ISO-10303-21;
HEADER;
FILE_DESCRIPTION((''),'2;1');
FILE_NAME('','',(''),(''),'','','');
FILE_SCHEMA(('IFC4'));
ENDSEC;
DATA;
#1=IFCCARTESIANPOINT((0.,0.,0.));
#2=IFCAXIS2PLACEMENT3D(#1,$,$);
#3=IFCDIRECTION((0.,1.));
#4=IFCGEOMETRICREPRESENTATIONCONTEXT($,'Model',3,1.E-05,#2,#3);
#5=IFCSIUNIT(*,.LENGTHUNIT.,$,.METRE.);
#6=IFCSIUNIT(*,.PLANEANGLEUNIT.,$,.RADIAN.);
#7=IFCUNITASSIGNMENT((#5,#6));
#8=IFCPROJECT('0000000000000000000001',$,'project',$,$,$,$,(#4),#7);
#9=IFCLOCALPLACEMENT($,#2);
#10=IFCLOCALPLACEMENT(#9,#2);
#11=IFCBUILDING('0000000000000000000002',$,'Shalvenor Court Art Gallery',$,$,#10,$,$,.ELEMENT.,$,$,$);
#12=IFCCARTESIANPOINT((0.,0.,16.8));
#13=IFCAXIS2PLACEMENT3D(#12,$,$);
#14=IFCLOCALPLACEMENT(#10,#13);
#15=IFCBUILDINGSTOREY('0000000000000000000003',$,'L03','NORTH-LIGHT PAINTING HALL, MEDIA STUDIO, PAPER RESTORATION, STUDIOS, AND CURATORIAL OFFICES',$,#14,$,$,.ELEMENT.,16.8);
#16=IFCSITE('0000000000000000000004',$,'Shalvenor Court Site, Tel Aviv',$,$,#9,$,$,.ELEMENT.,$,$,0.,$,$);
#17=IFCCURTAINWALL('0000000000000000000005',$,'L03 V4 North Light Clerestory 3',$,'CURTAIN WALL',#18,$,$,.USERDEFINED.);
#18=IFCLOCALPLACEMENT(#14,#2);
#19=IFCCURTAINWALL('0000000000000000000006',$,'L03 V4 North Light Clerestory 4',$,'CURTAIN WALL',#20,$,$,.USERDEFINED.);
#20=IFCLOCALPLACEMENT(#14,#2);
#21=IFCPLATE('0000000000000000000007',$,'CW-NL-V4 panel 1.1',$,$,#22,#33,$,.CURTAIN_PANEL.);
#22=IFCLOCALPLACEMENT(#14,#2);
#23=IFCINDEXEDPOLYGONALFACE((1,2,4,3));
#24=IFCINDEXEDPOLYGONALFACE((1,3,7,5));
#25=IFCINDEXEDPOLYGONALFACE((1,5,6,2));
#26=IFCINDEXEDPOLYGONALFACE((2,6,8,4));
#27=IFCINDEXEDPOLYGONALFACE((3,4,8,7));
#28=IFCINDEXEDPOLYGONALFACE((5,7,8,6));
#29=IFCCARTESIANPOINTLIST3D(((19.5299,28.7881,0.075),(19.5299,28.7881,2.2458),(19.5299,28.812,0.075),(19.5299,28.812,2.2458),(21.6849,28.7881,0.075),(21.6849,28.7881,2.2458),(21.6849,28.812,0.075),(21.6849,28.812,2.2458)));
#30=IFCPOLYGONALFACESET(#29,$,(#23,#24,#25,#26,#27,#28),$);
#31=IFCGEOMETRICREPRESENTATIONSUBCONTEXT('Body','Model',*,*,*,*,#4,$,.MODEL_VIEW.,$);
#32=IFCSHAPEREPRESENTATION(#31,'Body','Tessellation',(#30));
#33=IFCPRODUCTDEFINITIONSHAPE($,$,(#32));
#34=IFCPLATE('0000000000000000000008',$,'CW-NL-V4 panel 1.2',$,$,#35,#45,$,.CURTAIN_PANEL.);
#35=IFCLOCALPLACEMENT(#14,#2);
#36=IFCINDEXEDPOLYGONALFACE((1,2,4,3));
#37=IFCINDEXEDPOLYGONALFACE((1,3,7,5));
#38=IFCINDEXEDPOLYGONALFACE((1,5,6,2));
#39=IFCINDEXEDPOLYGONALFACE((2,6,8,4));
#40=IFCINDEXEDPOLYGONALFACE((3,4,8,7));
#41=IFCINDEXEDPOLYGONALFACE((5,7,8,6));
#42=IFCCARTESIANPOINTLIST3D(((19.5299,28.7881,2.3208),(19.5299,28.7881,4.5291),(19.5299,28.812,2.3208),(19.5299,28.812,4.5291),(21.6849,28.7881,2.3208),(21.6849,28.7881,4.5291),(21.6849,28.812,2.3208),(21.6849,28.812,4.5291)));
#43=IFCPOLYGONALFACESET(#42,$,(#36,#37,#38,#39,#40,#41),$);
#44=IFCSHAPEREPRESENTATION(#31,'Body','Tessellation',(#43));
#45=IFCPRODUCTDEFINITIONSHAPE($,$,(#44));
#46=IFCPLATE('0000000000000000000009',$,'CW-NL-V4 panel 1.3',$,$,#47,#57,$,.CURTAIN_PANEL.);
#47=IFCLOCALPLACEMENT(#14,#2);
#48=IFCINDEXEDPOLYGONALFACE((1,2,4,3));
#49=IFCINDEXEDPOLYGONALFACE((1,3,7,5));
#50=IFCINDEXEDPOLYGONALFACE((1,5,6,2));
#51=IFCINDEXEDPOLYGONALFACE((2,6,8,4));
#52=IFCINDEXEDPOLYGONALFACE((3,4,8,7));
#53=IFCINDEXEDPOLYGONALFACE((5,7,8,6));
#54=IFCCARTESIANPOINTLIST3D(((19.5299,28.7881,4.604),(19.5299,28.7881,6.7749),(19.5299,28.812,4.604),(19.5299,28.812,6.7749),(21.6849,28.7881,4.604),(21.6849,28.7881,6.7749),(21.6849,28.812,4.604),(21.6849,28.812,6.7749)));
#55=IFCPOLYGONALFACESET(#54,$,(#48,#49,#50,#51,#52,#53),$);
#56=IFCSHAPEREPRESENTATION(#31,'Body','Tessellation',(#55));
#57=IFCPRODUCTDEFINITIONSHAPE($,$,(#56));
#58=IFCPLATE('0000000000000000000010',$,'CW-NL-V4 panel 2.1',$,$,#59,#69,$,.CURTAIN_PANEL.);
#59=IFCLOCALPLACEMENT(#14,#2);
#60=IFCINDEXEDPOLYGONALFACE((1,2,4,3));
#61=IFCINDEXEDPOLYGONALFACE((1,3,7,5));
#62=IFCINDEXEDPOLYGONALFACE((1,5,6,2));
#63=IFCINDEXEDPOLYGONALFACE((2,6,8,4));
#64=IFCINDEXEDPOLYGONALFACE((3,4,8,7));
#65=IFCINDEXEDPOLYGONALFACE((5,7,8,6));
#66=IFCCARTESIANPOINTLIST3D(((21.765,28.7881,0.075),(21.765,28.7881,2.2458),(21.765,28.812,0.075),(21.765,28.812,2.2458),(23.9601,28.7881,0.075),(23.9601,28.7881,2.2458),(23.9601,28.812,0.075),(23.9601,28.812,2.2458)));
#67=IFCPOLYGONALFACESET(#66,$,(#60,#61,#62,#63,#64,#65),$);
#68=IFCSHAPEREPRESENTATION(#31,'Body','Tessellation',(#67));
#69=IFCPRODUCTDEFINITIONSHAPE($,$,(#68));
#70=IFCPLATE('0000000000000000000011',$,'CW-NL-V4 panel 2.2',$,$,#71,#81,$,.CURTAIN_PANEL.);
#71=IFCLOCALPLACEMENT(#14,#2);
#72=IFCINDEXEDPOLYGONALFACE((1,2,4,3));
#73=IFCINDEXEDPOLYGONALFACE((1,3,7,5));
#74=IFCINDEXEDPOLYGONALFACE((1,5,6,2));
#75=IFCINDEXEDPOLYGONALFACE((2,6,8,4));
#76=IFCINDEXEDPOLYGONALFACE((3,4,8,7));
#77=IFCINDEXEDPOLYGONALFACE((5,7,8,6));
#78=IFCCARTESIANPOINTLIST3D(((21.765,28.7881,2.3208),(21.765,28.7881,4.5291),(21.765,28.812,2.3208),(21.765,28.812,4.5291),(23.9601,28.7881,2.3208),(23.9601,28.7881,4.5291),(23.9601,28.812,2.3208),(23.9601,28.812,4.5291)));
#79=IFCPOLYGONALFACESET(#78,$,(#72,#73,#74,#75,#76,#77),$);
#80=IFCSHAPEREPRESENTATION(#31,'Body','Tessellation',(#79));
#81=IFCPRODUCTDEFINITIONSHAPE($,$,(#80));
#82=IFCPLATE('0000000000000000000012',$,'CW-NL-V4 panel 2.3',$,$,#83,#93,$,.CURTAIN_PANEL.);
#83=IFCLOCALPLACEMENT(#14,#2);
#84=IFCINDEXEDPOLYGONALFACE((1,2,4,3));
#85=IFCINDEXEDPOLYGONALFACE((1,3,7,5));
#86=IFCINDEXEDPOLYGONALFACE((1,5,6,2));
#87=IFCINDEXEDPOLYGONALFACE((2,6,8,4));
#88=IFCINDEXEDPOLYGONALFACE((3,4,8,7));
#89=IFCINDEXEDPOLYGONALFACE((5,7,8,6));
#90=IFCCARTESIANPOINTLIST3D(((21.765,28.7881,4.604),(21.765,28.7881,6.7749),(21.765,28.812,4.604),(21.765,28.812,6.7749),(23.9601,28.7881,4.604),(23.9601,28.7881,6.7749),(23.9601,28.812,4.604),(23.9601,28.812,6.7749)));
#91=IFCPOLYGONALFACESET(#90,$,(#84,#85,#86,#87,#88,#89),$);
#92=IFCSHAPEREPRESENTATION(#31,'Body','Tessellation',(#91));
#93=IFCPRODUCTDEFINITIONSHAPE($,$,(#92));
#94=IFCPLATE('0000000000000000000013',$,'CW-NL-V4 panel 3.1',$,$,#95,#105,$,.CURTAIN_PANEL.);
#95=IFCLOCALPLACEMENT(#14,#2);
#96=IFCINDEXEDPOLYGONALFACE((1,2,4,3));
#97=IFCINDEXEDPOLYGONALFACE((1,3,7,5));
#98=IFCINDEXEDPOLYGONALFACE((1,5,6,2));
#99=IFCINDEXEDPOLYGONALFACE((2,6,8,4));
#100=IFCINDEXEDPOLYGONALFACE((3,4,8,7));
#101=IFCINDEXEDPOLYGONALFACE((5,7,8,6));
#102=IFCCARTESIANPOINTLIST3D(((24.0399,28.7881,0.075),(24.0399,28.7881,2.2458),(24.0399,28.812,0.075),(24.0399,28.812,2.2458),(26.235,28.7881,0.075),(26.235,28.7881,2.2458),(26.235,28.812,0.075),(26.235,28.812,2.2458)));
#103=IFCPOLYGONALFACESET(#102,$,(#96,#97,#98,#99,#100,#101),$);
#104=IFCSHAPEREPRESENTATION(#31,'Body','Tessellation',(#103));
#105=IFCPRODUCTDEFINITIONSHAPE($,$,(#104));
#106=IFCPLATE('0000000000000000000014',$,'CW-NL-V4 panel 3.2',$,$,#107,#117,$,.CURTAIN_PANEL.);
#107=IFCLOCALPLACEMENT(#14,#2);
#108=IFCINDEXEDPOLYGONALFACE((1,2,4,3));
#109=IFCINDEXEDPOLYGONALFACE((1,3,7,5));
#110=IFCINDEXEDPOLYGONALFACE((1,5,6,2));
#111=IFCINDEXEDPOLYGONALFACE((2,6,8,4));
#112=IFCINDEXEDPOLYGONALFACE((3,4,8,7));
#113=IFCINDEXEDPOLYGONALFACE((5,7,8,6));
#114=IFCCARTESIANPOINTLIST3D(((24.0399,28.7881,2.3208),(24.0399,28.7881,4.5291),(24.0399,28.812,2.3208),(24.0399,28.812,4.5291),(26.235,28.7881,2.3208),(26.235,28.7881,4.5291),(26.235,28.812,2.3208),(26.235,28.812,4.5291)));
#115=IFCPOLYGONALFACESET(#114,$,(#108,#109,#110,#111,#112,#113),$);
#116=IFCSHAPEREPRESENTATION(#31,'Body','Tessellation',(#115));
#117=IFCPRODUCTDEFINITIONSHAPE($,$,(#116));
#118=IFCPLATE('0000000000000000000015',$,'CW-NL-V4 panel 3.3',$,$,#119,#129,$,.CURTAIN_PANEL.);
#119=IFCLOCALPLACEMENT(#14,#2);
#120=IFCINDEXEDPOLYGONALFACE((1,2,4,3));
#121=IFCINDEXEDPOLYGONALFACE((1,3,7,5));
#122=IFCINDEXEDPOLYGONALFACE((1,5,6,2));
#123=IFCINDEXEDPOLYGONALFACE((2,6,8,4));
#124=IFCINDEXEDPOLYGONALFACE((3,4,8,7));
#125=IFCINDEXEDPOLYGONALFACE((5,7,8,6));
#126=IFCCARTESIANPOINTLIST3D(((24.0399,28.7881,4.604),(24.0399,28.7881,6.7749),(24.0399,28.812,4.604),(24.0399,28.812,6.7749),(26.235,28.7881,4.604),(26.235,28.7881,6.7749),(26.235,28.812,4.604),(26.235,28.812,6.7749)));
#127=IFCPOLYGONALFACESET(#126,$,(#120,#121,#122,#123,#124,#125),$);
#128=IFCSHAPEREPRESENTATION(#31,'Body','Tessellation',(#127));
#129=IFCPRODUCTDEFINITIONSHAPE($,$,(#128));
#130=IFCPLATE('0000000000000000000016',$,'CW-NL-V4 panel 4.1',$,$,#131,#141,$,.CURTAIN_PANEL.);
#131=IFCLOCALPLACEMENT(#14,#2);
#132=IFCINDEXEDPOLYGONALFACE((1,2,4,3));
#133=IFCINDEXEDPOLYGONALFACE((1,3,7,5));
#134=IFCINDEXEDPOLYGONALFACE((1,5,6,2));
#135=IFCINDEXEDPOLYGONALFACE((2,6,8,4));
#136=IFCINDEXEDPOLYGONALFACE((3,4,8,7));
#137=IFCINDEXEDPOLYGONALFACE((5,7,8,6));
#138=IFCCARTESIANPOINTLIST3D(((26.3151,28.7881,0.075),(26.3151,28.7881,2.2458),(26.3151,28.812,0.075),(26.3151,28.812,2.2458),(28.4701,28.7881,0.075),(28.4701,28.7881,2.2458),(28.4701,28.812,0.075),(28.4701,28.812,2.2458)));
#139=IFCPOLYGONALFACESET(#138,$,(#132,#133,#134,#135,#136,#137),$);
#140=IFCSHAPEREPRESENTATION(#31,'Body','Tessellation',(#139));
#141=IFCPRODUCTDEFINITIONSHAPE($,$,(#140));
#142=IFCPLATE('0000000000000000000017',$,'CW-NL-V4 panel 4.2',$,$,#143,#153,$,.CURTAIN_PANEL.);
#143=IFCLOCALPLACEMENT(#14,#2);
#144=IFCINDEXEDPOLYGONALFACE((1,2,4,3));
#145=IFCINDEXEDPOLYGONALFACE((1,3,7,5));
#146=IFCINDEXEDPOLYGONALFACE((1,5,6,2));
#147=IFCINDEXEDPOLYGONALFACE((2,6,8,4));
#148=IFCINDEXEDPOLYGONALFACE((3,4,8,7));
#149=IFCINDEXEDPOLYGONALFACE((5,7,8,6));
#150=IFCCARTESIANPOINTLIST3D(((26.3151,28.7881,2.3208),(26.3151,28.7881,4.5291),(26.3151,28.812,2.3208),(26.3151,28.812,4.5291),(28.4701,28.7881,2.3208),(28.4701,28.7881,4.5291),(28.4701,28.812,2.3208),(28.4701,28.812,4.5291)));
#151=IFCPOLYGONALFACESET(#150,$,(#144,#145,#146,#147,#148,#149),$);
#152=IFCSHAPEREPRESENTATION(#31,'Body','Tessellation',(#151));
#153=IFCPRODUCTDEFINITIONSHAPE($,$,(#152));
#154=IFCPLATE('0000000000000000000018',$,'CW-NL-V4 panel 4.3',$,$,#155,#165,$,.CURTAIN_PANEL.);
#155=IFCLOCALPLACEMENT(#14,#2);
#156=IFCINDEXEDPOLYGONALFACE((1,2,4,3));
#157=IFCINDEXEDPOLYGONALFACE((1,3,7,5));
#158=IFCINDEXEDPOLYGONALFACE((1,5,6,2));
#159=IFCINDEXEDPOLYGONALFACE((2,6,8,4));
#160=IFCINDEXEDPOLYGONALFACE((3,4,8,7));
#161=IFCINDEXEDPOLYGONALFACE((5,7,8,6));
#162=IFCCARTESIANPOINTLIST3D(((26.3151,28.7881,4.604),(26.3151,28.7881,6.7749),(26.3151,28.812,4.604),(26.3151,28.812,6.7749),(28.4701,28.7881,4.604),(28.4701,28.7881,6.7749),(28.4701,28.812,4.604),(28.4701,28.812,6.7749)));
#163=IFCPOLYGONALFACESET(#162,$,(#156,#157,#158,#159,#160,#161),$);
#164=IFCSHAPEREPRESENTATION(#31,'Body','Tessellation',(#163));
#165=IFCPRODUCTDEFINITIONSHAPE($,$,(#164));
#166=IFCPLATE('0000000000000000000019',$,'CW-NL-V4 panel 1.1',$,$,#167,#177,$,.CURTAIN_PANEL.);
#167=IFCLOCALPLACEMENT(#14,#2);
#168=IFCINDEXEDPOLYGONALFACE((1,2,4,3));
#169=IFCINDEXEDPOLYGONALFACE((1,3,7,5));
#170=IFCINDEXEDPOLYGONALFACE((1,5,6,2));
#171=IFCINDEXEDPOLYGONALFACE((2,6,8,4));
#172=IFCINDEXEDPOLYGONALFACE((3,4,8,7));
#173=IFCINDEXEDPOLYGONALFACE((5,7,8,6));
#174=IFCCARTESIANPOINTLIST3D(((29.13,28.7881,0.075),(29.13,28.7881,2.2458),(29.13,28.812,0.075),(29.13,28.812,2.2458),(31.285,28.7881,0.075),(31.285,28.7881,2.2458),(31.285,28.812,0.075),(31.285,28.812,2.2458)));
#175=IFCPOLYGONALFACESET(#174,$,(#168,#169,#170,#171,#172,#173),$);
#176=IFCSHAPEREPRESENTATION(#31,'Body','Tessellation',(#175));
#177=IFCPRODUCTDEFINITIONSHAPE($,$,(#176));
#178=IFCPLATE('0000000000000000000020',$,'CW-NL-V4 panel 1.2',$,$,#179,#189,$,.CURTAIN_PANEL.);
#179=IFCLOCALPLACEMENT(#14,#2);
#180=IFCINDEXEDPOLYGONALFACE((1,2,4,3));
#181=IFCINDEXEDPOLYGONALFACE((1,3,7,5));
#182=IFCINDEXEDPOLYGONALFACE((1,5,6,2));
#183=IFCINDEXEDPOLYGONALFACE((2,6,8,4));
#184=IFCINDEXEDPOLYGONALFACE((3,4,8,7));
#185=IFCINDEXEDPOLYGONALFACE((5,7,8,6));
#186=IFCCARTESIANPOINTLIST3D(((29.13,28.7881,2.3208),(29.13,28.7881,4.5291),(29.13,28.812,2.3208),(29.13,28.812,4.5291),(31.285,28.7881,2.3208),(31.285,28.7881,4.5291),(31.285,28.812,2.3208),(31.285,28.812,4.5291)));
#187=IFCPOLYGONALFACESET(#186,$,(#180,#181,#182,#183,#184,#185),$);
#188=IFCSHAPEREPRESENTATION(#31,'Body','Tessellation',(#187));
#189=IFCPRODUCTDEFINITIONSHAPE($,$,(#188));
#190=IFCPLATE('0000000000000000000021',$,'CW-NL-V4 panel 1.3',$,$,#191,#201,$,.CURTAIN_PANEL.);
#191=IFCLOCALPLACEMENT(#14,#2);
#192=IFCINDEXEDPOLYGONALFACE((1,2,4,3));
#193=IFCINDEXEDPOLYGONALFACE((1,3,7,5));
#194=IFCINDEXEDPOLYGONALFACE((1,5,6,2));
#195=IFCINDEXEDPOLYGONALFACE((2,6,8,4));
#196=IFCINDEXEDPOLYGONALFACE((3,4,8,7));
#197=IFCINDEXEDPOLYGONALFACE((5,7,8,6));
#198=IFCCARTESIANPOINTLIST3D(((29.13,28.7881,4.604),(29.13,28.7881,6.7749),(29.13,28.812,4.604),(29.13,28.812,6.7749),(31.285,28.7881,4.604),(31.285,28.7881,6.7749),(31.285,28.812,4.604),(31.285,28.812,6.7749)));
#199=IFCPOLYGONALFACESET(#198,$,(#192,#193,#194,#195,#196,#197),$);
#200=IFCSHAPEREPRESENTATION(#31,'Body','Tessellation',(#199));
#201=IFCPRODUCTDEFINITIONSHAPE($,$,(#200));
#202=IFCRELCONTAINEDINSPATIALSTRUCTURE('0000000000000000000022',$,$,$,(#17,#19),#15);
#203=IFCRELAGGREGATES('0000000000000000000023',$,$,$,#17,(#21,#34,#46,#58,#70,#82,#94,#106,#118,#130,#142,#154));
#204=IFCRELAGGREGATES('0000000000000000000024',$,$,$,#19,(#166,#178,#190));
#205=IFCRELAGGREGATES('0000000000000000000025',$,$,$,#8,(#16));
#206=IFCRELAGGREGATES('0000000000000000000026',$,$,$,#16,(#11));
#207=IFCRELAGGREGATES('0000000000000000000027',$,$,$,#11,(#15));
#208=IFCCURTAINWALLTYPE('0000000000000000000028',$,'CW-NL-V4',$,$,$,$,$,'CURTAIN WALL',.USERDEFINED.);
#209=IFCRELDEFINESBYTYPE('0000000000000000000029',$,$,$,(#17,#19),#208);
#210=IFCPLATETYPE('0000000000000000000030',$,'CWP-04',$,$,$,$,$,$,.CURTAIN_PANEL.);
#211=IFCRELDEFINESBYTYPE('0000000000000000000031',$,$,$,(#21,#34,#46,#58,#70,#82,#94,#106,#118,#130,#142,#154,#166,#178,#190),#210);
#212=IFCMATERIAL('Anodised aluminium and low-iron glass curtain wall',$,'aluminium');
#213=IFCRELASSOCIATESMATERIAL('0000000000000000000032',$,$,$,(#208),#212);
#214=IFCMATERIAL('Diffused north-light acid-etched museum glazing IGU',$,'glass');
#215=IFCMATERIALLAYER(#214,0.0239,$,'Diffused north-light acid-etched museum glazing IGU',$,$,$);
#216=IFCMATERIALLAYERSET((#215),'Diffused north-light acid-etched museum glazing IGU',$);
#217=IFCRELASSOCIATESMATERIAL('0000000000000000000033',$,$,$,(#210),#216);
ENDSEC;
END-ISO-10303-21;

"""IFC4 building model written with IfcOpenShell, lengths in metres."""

from ifc_helpers import new_model, si_unit, direction, frame, origin, origin_2d, place, context, subcontext, project, spatial, rectangle, extrude, material, layer, layer_set, type_object, element, aggregate, save


model = new_model("IFC4")

# Units and contexts
model_context = context("Model", 3, precision=1e-05, world=origin(), true_north=direction((0.0, 1.0)))
body_context = subcontext(model_context, "Body", "Model", "MODEL_VIEW")
ifc_project = project(units=[si_unit("LENGTHUNIT", "METRE"), si_unit("PLANEANGLEUNIT", "RADIAN")], contexts=[model_context])

# Site, building, storey
site_placement = place(None, origin())
site = spatial("IfcSite", under=ifc_project, at=site_placement, Name="Shalvenor Court Site, Tel Aviv", CompositionType="ELEMENT", RefElevation=0.0)
building_placement = place(site_placement, origin())
building = spatial("IfcBuilding", under=site, at=building_placement, Name="Shalvenor Court Art Gallery", CompositionType="ELEMENT")
storey_placement = place(building_placement, frame((0.0, 0.0, 16.8)))
storey = spatial("IfcBuildingStorey", under=building, at=storey_placement, Name="L03", Description="NORTH-LIGHT PAINTING HALL, MEDIA STUDIO, PAPER RESTORATION, STUDIOS, AND CURATORIAL OFFICES", CompositionType="ELEMENT", Elevation=16.8)

# Curtain walls
ifc_material_1 = material(Name="Anodised aluminium and low-iron glass curtain wall", Category="aluminium")
curtain_wall_type = type_object("IfcCurtainWallType", Name="CW-NL-V4", ElementType="CURTAIN WALL", PredefinedType="USERDEFINED", material=ifc_material_1)
curtain_wall_1_placement = place(storey_placement, origin())
curtain_wall_1 = element("IfcCurtainWall", 1, at=curtain_wall_1_placement, inside=storey, type_object=curtain_wall_type, Name="L03 V4 North Light Clerestory 3", ObjectType="CURTAIN WALL", PredefinedType="USERDEFINED")
curtain_wall_2_placement = place(storey_placement, origin())
curtain_wall_2 = element("IfcCurtainWall", 2, at=curtain_wall_2_placement, inside=storey, type_object=curtain_wall_type, Name="L03 V4 North Light Clerestory 4", ObjectType="CURTAIN WALL", PredefinedType="USERDEFINED")

# Plates
ifc_material_2 = material(Name="Diffused north-light acid-etched museum glazing IGU", Category="glass")
ifc_layer_1 = layer(ifc_material_2, 0.0239, Name="Diffused north-light acid-etched museum glazing IGU")
ifc_layer_set_1 = layer_set([ifc_layer_1], Name="Diffused north-light acid-etched museum glazing IGU")
plate_type_1 = type_object("IfcPlateType", Name="CWP-04", PredefinedType="CURTAIN_PANEL", material=ifc_layer_set_1)
plate_1_placement = place(storey_placement, frame((20.6074, 28.8, 0.075), z_axis=(0.0, 0.0, 1.0), x_axis=(1.0, 0.0, 0.0)))
plate_1 = element("IfcPlate", 3, at=plate_1_placement, type_object=plate_type_1, Name="CW-NL-V4 panel 1.1", PredefinedType="CURTAIN_PANEL", context=body_context, shape_type="SweptSolid", body=[
    extrude(rectangle(XDim=2.155, YDim=0.0239, at=origin_2d()), origin(), (0.0, 0.0, 1.0), 2.1709),
])
plate_2_placement = place(storey_placement, frame((20.6074, 28.8, 2.3208), z_axis=(0.0, 0.0, 1.0), x_axis=(1.0, 0.0, 0.0)))
plate_2 = element("IfcPlate", 4, at=plate_2_placement, type_object=plate_type_1, Name="CW-NL-V4 panel 1.2", PredefinedType="CURTAIN_PANEL", context=body_context, shape_type="SweptSolid", body=[
    extrude(rectangle(XDim=2.155, YDim=0.0239, at=origin_2d()), origin(), (0.0, 0.0, 1.0), 2.2083),
])
plate_3_placement = place(storey_placement, frame((20.6074, 28.8, 4.604), z_axis=(0.0, 0.0, 1.0), x_axis=(1.0, 0.0, 0.0)))
plate_3 = element("IfcPlate", 5, at=plate_3_placement, type_object=plate_type_1, Name="CW-NL-V4 panel 1.3", PredefinedType="CURTAIN_PANEL", context=body_context, shape_type="SweptSolid", body=[
    extrude(rectangle(XDim=2.155, YDim=0.0239, at=origin_2d()), origin(), (0.0, 0.0, 1.0), 2.1709),
])
plate_4_placement = place(storey_placement, frame((22.8625, 28.8, 0.075), z_axis=(0.0, 0.0, 1.0), x_axis=(1.0, 0.0, 0.0)))
plate_4 = element("IfcPlate", 6, at=plate_4_placement, type_object=plate_type_1, Name="CW-NL-V4 panel 2.1", PredefinedType="CURTAIN_PANEL", context=body_context, shape_type="SweptSolid", body=[
    extrude(rectangle(XDim=2.1951, YDim=0.0239, at=origin_2d()), origin(), (0.0, 0.0, 1.0), 2.1709),
])
plate_5_placement = place(storey_placement, frame((22.8625, 28.8, 2.3208), z_axis=(0.0, 0.0, 1.0), x_axis=(1.0, 0.0, 0.0)))
plate_5 = element("IfcPlate", 7, at=plate_5_placement, type_object=plate_type_1, Name="CW-NL-V4 panel 2.2", PredefinedType="CURTAIN_PANEL", context=body_context, shape_type="SweptSolid", body=[
    extrude(rectangle(XDim=2.1951, YDim=0.0239, at=origin_2d()), origin(), (0.0, 0.0, 1.0), 2.2083),
])
plate_6_placement = place(storey_placement, frame((22.8625, 28.8, 4.604), z_axis=(0.0, 0.0, 1.0), x_axis=(1.0, 0.0, 0.0)))
plate_6 = element("IfcPlate", 8, at=plate_6_placement, type_object=plate_type_1, Name="CW-NL-V4 panel 2.3", PredefinedType="CURTAIN_PANEL", context=body_context, shape_type="SweptSolid", body=[
    extrude(rectangle(XDim=2.1951, YDim=0.0239, at=origin_2d()), origin(), (0.0, 0.0, 1.0), 2.1709),
])
plate_7_placement = place(storey_placement, frame((25.1375, 28.8, 0.075), z_axis=(0.0, 0.0, 1.0), x_axis=(1.0, 0.0, 0.0)))
plate_7 = element("IfcPlate", 9, at=plate_7_placement, type_object=plate_type_1, Name="CW-NL-V4 panel 3.1", PredefinedType="CURTAIN_PANEL", context=body_context, shape_type="SweptSolid", body=[
    extrude(rectangle(XDim=2.1951, YDim=0.0239, at=origin_2d()), origin(), (0.0, 0.0, 1.0), 2.1709),
])
plate_8_placement = place(storey_placement, frame((25.1375, 28.8, 2.3208), z_axis=(0.0, 0.0, 1.0), x_axis=(1.0, 0.0, 0.0)))
plate_8 = element("IfcPlate", 10, at=plate_8_placement, type_object=plate_type_1, Name="CW-NL-V4 panel 3.2", PredefinedType="CURTAIN_PANEL", context=body_context, shape_type="SweptSolid", body=[
    extrude(rectangle(XDim=2.1951, YDim=0.0239, at=origin_2d()), origin(), (0.0, 0.0, 1.0), 2.2083),
])
plate_9_placement = place(storey_placement, frame((25.1375, 28.8, 4.604), z_axis=(0.0, 0.0, 1.0), x_axis=(1.0, 0.0, 0.0)))
plate_9 = element("IfcPlate", 11, at=plate_9_placement, type_object=plate_type_1, Name="CW-NL-V4 panel 3.3", PredefinedType="CURTAIN_PANEL", context=body_context, shape_type="SweptSolid", body=[
    extrude(rectangle(XDim=2.1951, YDim=0.0239, at=origin_2d()), origin(), (0.0, 0.0, 1.0), 2.1709),
])
plate_10_placement = place(storey_placement, frame((27.3926, 28.8, 0.075), z_axis=(0.0, 0.0, 1.0), x_axis=(1.0, 0.0, 0.0)))
plate_10 = element("IfcPlate", 12, at=plate_10_placement, type_object=plate_type_1, Name="CW-NL-V4 panel 4.1", PredefinedType="CURTAIN_PANEL", context=body_context, shape_type="SweptSolid", body=[
    extrude(rectangle(XDim=2.155, YDim=0.0239, at=origin_2d()), origin(), (0.0, 0.0, 1.0), 2.1709),
])
plate_11_placement = place(storey_placement, frame((27.3926, 28.8, 2.3208), z_axis=(0.0, 0.0, 1.0), x_axis=(1.0, 0.0, 0.0)))
plate_11 = element("IfcPlate", 13, at=plate_11_placement, type_object=plate_type_1, Name="CW-NL-V4 panel 4.2", PredefinedType="CURTAIN_PANEL", context=body_context, shape_type="SweptSolid", body=[
    extrude(rectangle(XDim=2.155, YDim=0.0239, at=origin_2d()), origin(), (0.0, 0.0, 1.0), 2.2083),
])
plate_12_placement = place(storey_placement, frame((27.3926, 28.8, 4.604), z_axis=(0.0, 0.0, 1.0), x_axis=(1.0, 0.0, 0.0)))
plate_12 = element("IfcPlate", 14, at=plate_12_placement, type_object=plate_type_1, Name="CW-NL-V4 panel 4.3", PredefinedType="CURTAIN_PANEL", context=body_context, shape_type="SweptSolid", body=[
    extrude(rectangle(XDim=2.155, YDim=0.0239, at=origin_2d()), origin(), (0.0, 0.0, 1.0), 2.1709),
])
aggregate(curtain_wall_1, [plate_1, plate_2, plate_3, plate_4, plate_5, plate_6, plate_7, plate_8, plate_9, plate_10, plate_11, plate_12])
plate_13_placement = place(storey_placement, frame((30.2075, 28.8, 0.075), z_axis=(0.0, 0.0, 1.0), x_axis=(1.0, 0.0, 0.0)))
plate_13 = element("IfcPlate", 15, at=plate_13_placement, type_object=plate_type_1, Name="CW-NL-V4 panel 1.1", PredefinedType="CURTAIN_PANEL", context=body_context, shape_type="SweptSolid", body=[
    extrude(rectangle(XDim=2.155, YDim=0.0239, at=origin_2d()), origin(), (0.0, 0.0, 1.0), 2.1709),
])
plate_14_placement = place(storey_placement, frame((30.2075, 28.8, 2.3208), z_axis=(0.0, 0.0, 1.0), x_axis=(1.0, 0.0, 0.0)))
plate_14 = element("IfcPlate", 16, at=plate_14_placement, type_object=plate_type_1, Name="CW-NL-V4 panel 1.2", PredefinedType="CURTAIN_PANEL", context=body_context, shape_type="SweptSolid", body=[
    extrude(rectangle(XDim=2.155, YDim=0.0239, at=origin_2d()), origin(), (0.0, 0.0, 1.0), 2.2083),
])
plate_15_placement = place(storey_placement, frame((30.2075, 28.8, 4.604), z_axis=(0.0, 0.0, 1.0), x_axis=(1.0, 0.0, 0.0)))
plate_15 = element("IfcPlate", 17, at=plate_15_placement, type_object=plate_type_1, Name="CW-NL-V4 panel 1.3", PredefinedType="CURTAIN_PANEL", context=body_context, shape_type="SweptSolid", body=[
    extrude(rectangle(XDim=2.155, YDim=0.0239, at=origin_2d()), origin(), (0.0, 0.0, 1.0), 2.1709),
])
aggregate(curtain_wall_2, [plate_13, plate_14, plate_15])

save(model, "model.ifc")
